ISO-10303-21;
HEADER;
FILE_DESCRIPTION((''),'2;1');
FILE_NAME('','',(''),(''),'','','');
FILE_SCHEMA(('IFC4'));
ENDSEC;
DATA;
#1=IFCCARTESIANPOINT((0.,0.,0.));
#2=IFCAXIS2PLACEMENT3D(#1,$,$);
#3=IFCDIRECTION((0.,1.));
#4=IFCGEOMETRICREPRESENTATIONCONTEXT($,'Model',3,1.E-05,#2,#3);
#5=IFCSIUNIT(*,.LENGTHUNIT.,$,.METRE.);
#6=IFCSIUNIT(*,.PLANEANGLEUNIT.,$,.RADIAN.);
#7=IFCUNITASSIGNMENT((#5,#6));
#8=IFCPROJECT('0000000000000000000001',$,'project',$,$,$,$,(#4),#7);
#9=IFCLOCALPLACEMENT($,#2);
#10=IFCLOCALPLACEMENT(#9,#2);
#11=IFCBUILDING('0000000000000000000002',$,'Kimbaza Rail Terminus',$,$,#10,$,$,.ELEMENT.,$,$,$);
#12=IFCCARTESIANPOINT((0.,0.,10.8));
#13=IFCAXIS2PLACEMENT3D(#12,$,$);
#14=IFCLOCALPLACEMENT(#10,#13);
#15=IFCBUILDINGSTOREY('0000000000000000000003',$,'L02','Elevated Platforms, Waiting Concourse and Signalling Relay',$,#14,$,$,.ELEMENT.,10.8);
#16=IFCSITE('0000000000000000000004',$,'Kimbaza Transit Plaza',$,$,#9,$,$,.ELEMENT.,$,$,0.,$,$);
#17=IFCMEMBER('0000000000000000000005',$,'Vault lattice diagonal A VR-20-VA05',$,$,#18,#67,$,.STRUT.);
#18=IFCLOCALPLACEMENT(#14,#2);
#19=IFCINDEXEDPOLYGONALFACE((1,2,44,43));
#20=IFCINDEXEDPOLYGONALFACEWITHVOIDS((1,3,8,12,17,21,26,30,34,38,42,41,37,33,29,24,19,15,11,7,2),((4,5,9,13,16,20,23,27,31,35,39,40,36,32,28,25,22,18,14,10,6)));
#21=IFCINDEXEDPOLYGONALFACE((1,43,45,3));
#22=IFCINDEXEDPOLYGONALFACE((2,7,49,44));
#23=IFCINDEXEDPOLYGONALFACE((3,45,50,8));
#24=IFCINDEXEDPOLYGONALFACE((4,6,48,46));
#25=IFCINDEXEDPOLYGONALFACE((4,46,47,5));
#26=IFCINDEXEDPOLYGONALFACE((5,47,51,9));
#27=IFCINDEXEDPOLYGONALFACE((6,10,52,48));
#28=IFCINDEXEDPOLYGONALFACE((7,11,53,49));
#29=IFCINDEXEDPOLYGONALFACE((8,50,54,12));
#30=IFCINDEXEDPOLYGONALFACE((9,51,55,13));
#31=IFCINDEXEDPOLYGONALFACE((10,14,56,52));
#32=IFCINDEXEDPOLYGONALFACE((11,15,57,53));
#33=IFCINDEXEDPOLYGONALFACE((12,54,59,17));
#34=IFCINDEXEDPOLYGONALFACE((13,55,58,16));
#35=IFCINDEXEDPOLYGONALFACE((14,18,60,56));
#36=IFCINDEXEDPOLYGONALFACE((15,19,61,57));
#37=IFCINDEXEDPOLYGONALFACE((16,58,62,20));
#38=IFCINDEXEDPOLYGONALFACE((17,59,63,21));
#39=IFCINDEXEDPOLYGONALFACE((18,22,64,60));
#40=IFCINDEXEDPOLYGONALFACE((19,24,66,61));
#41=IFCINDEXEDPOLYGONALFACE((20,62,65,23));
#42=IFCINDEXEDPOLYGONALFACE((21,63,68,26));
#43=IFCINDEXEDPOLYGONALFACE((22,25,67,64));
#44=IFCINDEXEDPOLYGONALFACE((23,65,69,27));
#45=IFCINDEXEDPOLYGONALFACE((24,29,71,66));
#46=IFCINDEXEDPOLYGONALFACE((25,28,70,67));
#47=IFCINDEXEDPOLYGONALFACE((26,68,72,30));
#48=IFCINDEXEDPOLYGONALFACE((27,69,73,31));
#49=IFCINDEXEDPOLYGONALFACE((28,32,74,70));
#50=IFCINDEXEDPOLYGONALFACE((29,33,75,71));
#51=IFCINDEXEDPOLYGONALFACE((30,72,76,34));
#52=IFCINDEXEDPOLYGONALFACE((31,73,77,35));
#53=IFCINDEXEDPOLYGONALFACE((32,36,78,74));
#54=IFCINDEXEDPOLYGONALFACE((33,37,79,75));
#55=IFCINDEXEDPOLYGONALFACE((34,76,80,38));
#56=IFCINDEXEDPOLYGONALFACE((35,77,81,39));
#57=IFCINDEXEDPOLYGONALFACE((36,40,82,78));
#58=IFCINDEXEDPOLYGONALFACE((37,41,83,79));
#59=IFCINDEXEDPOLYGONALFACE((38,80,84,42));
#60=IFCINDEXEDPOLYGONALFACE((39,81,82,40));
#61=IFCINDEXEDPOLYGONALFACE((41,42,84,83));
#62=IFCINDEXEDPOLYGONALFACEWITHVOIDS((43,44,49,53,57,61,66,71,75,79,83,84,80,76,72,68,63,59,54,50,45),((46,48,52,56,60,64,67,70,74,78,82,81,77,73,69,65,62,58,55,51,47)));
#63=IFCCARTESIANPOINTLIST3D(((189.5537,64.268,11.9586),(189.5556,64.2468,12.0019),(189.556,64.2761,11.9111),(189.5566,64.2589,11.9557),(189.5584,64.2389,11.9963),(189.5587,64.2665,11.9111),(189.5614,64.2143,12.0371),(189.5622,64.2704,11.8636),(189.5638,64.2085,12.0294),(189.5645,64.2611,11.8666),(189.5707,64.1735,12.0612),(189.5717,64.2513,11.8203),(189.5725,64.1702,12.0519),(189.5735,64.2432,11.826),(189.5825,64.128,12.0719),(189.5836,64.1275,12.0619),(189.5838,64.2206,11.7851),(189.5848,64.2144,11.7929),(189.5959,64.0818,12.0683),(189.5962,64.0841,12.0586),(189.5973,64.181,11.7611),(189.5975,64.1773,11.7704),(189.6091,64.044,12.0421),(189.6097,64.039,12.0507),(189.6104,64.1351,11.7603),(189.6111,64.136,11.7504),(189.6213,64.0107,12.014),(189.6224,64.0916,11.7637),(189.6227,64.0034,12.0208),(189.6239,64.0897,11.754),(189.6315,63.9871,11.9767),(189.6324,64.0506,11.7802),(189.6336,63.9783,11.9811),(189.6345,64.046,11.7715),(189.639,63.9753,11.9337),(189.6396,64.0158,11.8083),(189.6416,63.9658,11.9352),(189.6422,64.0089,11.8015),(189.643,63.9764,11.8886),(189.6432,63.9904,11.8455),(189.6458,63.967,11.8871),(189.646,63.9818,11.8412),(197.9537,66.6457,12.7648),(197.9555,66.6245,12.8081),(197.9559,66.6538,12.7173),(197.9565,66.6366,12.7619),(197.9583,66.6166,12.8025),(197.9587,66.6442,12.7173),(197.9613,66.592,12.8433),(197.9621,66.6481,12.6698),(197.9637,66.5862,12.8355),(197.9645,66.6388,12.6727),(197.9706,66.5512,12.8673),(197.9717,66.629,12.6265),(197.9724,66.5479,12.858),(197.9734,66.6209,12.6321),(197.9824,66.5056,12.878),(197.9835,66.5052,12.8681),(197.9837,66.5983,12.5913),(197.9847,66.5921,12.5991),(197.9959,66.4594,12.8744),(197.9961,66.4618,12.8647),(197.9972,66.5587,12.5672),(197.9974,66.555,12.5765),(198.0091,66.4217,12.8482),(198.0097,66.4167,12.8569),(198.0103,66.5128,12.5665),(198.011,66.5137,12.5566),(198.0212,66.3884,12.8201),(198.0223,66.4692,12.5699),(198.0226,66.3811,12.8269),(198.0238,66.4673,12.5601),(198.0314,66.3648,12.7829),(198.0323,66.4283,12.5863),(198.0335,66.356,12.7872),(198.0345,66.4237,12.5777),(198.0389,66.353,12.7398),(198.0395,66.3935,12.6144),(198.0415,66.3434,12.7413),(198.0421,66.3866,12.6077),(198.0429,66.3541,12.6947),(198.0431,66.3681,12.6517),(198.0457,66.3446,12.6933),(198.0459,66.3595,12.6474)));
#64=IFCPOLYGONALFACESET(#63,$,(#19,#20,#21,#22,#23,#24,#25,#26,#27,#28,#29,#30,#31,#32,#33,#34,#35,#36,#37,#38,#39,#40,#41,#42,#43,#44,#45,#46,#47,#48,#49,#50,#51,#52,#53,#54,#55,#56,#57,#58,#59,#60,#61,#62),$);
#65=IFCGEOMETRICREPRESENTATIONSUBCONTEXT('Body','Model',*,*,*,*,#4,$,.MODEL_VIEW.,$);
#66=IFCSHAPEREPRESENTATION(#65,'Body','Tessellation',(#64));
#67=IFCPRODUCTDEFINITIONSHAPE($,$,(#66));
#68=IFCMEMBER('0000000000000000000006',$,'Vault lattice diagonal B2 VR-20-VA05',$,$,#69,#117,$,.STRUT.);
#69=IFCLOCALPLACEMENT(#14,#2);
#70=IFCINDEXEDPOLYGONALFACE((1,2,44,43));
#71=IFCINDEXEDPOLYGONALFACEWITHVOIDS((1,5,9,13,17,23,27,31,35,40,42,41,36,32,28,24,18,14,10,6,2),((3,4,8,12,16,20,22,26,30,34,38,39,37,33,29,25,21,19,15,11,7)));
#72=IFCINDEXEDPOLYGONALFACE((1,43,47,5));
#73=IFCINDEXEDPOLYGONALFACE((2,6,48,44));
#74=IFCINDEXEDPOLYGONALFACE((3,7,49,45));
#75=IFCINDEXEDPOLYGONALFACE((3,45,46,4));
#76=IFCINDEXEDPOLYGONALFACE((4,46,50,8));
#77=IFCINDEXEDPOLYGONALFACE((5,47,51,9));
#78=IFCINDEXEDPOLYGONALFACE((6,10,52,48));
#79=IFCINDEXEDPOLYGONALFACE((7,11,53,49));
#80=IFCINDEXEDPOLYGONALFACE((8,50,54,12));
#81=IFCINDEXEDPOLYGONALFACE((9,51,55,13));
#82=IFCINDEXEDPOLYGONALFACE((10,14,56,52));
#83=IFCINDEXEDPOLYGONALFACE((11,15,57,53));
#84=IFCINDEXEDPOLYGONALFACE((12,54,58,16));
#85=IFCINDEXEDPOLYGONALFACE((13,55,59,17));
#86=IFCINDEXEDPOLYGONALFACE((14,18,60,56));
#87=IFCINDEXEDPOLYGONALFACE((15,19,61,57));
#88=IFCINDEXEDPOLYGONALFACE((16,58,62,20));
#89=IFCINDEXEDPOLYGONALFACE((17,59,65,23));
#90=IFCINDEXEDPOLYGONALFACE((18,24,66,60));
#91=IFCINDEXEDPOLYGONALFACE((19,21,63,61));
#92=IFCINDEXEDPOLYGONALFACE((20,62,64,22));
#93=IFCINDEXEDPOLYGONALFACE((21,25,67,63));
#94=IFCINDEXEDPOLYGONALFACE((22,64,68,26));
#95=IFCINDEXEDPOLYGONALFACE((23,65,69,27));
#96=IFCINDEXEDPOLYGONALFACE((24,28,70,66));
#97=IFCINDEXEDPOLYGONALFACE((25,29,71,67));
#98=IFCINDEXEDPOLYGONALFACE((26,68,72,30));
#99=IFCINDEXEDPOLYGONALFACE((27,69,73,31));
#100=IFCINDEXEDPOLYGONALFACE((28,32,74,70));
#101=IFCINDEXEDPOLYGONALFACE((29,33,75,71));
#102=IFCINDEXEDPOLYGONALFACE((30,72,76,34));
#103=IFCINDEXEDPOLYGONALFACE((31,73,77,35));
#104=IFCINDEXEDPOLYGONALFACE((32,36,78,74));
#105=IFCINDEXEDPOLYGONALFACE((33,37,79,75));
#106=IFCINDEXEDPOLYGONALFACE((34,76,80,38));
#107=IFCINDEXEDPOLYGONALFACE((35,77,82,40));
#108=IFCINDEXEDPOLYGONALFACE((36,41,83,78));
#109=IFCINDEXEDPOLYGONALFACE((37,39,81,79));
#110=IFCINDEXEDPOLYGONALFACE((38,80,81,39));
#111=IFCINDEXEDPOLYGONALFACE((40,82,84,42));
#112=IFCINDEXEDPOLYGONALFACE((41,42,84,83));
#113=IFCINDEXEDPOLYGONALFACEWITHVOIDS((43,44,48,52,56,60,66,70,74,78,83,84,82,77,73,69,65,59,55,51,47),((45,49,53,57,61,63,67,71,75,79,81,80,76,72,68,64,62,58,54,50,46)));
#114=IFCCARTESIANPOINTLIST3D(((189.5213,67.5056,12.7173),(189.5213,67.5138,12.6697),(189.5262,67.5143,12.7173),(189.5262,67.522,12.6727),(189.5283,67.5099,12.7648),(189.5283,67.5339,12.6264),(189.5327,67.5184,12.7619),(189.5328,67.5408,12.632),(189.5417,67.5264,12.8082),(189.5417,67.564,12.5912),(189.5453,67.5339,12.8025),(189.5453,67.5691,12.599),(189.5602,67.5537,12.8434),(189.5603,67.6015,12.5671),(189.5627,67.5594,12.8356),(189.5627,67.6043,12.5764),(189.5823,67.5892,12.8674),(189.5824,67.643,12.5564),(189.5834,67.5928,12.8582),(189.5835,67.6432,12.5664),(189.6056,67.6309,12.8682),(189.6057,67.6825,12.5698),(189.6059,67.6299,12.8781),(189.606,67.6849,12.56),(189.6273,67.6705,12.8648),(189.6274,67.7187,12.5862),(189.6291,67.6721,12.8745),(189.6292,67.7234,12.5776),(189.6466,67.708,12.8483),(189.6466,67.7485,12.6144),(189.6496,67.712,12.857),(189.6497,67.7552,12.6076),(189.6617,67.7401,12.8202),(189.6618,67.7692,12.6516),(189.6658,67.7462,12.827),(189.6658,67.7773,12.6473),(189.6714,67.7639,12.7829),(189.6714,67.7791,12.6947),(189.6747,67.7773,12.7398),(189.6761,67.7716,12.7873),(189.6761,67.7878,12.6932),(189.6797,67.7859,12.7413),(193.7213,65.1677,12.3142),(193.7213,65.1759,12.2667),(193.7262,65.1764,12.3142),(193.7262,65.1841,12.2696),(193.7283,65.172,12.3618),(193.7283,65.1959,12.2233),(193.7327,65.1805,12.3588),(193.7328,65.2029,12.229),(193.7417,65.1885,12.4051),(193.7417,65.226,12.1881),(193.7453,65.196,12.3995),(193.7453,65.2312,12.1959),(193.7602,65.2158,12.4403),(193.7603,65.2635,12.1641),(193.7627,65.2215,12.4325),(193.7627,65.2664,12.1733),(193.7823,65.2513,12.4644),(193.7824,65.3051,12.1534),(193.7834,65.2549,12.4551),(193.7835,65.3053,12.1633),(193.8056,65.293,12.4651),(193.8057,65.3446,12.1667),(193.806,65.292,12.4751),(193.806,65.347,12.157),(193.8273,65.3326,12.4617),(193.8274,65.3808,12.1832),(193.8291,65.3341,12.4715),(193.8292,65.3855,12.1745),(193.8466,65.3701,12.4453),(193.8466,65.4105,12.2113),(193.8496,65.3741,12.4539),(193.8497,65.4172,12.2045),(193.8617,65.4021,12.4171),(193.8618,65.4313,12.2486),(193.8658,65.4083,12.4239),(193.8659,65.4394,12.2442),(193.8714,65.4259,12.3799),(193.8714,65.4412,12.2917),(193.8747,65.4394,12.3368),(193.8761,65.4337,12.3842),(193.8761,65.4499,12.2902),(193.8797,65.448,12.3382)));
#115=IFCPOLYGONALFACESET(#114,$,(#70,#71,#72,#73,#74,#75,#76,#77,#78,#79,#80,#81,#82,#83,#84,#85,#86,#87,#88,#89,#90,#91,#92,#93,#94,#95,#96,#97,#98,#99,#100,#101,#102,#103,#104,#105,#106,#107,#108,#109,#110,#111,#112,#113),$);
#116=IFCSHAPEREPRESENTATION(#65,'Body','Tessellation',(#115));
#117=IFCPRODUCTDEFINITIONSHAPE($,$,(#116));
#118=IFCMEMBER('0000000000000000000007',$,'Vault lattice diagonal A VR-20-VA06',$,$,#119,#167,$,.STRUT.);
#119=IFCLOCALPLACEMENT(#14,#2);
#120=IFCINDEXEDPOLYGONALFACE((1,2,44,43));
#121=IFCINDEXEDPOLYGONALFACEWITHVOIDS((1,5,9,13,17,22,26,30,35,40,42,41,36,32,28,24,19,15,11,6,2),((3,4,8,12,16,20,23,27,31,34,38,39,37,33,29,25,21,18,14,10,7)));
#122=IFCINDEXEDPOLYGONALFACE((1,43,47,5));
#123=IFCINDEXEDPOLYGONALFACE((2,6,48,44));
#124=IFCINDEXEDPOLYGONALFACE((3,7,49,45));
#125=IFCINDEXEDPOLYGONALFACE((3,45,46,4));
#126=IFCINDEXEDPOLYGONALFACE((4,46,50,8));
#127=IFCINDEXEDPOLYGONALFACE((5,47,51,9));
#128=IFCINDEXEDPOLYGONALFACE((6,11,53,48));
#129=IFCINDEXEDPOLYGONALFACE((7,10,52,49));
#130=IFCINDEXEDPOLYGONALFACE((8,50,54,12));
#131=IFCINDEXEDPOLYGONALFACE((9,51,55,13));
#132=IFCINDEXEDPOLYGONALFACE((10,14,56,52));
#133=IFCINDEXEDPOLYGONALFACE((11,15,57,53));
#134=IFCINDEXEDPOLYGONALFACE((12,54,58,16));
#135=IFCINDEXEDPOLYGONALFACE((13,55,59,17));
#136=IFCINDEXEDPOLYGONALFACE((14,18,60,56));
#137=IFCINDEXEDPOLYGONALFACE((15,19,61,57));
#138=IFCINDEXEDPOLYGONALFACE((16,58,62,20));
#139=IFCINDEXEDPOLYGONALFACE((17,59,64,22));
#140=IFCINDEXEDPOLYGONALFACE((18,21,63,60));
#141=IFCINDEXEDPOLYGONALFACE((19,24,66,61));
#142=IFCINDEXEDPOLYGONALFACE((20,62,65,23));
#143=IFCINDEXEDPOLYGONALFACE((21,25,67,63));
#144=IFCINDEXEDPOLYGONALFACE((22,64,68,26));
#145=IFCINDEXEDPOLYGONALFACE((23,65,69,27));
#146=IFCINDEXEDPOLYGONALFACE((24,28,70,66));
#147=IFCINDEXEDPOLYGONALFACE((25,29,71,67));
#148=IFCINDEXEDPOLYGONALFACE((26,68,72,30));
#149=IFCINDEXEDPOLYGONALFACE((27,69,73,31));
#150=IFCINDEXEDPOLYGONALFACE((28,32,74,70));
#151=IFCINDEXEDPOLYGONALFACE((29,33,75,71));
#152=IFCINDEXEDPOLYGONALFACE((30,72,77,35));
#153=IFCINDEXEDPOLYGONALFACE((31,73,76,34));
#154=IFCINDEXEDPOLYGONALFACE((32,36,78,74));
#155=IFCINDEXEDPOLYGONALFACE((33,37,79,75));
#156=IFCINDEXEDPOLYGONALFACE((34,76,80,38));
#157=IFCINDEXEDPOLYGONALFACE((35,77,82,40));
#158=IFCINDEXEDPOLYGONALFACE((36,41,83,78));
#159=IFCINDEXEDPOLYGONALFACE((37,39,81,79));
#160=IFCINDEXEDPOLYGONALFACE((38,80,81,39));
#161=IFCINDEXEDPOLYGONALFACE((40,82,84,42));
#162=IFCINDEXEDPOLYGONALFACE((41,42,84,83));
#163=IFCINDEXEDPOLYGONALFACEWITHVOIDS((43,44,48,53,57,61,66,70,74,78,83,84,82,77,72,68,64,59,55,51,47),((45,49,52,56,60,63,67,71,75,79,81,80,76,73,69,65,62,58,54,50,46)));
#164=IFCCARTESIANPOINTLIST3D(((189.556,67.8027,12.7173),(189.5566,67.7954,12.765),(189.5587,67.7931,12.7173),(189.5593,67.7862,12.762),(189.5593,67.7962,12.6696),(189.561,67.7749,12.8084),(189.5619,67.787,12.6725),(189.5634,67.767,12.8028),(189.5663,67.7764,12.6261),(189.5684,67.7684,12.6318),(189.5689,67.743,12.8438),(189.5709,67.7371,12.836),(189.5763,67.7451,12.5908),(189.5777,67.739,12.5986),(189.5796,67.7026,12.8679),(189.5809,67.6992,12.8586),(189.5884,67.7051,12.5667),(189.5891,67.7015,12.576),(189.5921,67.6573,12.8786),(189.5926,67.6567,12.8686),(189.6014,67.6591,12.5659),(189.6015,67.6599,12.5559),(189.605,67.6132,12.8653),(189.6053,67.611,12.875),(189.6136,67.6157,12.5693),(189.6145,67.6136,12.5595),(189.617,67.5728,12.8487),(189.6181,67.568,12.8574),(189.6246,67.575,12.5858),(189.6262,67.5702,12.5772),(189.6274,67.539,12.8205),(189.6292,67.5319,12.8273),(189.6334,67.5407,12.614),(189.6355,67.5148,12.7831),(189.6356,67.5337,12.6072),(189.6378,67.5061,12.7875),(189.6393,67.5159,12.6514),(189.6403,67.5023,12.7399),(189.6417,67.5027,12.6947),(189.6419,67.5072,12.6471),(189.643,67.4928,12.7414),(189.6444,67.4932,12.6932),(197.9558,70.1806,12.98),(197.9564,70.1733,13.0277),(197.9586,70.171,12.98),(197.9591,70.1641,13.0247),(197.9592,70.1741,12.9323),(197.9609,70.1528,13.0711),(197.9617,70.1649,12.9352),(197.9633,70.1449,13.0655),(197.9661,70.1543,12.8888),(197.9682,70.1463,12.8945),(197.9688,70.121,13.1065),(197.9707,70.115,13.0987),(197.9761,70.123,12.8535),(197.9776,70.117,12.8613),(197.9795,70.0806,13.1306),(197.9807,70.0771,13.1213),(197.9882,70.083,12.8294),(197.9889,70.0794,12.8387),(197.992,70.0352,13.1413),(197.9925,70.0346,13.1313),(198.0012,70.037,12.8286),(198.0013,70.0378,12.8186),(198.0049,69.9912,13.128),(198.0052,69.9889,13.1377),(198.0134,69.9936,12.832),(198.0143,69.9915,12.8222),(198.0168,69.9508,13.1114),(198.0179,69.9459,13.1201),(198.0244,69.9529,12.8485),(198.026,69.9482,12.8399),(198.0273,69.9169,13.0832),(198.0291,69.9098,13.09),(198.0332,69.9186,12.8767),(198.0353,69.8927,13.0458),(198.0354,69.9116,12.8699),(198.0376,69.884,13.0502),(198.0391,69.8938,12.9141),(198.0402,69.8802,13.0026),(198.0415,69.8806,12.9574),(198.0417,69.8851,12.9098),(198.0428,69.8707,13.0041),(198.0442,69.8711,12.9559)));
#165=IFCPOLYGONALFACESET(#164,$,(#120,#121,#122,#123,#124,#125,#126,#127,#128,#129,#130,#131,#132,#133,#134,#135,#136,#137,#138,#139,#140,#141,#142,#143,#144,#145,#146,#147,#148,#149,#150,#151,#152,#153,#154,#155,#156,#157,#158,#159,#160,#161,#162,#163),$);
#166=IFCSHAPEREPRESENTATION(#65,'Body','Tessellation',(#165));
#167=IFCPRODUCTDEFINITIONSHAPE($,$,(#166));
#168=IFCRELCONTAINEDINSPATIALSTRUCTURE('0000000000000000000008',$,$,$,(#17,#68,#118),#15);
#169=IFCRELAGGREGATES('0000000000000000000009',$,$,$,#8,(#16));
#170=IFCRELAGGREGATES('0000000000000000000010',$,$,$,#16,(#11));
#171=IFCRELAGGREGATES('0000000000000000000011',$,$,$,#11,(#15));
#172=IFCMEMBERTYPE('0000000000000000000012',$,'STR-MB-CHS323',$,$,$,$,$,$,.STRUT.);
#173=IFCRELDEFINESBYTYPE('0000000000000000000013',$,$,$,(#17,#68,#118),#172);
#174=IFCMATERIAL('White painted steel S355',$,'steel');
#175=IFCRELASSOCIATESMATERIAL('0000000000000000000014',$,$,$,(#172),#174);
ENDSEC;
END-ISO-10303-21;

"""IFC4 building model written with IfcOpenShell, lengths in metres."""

from ifc_helpers import new_model, si_unit, direction, frame, origin, origin_2d, place, context, subcontext, project, spatial, hollow_circle, extrude, material, material_profile, profile_set, type_object, element, save


model = new_model("IFC4")

# Units and contexts
model_context = context("Model", 3, precision=1e-05, world=origin(), true_north=direction((0.0, 1.0)))
body_context = subcontext(model_context, "Body", "Model", "MODEL_VIEW")
ifc_project = project(units=[si_unit("LENGTHUNIT", "METRE"), si_unit("PLANEANGLEUNIT", "RADIAN")], contexts=[model_context])

# Site, building, storey
site_placement = place(None, origin())
site = spatial("IfcSite", under=ifc_project, at=site_placement, Name="Kimbaza Transit Plaza", CompositionType="ELEMENT", RefElevation=0.0)
building_placement = place(site_placement, origin())
building = spatial("IfcBuilding", under=site, at=building_placement, Name="Kimbaza Rail Terminus", CompositionType="ELEMENT")
storey_placement = place(building_placement, frame((0.0, 0.0, 10.8)))
storey = spatial("IfcBuildingStorey", under=building, at=storey_placement, Name="L02", Description="Elevated Platforms, Waiting Concourse and Signalling Relay", CompositionType="ELEMENT", Elevation=10.8)

# Members
ifc_material_1 = material(Name="White painted steel S355", Category="steel")
ifc_material_profile_1 = material_profile(ifc_material_1, hollow_circle(Radius=0.1619, WallThickness=0.01, at=origin_2d()), Name="CHS 323.9x10")
ifc_profile_set_1 = profile_set([ifc_material_profile_1], Name="White painted steel S355")
member_type_1 = type_object("IfcMemberType", Name="STR-MB-CHS323", PredefinedType="STRUT", material=ifc_profile_set_1)
member_1_placement = place(storey_placement, frame((189.6001, 64.1204, 11.9111), z_axis=(0.958119, 0.271206, 0.091952), x_axis=(-0.27236, 0.962195, 0.0)))
element("IfcMember", 1, at=member_1_placement, inside=storey, type_object=member_type_1, Name="Vault lattice diagonal A VR-20-VA05", PredefinedType="STRUT", context=body_context, shape_type="SweptSolid", body=[
    extrude(hollow_circle(Radius=0.1619, WallThickness=0.01, at=origin_2d()), origin(), (0.0, 0.0, 1.0), 8.7671),
])
member_2_placement = place(storey_placement, frame((193.8, 65.3091, 12.3142), z_axis=(-0.870696, 0.484671, 0.083562), x_axis=(-0.486372, -0.873752, 0.0)))
element("IfcMember", 2, at=member_2_placement, inside=storey, type_object=member_type_1, Name="Vault lattice diagonal B2 VR-20-VA05", PredefinedType="STRUT", context=body_context, shape_type="SweptSolid", body=[
    extrude(hollow_circle(Radius=0.1619, WallThickness=0.01, at=origin_2d()), origin(), (0.0, 0.0, 1.0), 4.8237),
])
member_3_placement = place(storey_placement, frame((189.6001, 67.647, 12.7173), z_axis=(0.961753, 0.272263, 0.030077), x_axis=(-0.272386, 0.962188, 0.0)))
element("IfcMember", 3, at=member_3_placement, inside=storey, type_object=member_type_1, Name="Vault lattice diagonal A VR-20-VA06", PredefinedType="STRUT", context=body_context, shape_type="SweptSolid", body=[
    extrude(hollow_circle(Radius=0.1619, WallThickness=0.01, at=origin_2d()), origin(), (0.0, 0.0, 1.0), 8.7339),
])

save(model, "model.ifc")
